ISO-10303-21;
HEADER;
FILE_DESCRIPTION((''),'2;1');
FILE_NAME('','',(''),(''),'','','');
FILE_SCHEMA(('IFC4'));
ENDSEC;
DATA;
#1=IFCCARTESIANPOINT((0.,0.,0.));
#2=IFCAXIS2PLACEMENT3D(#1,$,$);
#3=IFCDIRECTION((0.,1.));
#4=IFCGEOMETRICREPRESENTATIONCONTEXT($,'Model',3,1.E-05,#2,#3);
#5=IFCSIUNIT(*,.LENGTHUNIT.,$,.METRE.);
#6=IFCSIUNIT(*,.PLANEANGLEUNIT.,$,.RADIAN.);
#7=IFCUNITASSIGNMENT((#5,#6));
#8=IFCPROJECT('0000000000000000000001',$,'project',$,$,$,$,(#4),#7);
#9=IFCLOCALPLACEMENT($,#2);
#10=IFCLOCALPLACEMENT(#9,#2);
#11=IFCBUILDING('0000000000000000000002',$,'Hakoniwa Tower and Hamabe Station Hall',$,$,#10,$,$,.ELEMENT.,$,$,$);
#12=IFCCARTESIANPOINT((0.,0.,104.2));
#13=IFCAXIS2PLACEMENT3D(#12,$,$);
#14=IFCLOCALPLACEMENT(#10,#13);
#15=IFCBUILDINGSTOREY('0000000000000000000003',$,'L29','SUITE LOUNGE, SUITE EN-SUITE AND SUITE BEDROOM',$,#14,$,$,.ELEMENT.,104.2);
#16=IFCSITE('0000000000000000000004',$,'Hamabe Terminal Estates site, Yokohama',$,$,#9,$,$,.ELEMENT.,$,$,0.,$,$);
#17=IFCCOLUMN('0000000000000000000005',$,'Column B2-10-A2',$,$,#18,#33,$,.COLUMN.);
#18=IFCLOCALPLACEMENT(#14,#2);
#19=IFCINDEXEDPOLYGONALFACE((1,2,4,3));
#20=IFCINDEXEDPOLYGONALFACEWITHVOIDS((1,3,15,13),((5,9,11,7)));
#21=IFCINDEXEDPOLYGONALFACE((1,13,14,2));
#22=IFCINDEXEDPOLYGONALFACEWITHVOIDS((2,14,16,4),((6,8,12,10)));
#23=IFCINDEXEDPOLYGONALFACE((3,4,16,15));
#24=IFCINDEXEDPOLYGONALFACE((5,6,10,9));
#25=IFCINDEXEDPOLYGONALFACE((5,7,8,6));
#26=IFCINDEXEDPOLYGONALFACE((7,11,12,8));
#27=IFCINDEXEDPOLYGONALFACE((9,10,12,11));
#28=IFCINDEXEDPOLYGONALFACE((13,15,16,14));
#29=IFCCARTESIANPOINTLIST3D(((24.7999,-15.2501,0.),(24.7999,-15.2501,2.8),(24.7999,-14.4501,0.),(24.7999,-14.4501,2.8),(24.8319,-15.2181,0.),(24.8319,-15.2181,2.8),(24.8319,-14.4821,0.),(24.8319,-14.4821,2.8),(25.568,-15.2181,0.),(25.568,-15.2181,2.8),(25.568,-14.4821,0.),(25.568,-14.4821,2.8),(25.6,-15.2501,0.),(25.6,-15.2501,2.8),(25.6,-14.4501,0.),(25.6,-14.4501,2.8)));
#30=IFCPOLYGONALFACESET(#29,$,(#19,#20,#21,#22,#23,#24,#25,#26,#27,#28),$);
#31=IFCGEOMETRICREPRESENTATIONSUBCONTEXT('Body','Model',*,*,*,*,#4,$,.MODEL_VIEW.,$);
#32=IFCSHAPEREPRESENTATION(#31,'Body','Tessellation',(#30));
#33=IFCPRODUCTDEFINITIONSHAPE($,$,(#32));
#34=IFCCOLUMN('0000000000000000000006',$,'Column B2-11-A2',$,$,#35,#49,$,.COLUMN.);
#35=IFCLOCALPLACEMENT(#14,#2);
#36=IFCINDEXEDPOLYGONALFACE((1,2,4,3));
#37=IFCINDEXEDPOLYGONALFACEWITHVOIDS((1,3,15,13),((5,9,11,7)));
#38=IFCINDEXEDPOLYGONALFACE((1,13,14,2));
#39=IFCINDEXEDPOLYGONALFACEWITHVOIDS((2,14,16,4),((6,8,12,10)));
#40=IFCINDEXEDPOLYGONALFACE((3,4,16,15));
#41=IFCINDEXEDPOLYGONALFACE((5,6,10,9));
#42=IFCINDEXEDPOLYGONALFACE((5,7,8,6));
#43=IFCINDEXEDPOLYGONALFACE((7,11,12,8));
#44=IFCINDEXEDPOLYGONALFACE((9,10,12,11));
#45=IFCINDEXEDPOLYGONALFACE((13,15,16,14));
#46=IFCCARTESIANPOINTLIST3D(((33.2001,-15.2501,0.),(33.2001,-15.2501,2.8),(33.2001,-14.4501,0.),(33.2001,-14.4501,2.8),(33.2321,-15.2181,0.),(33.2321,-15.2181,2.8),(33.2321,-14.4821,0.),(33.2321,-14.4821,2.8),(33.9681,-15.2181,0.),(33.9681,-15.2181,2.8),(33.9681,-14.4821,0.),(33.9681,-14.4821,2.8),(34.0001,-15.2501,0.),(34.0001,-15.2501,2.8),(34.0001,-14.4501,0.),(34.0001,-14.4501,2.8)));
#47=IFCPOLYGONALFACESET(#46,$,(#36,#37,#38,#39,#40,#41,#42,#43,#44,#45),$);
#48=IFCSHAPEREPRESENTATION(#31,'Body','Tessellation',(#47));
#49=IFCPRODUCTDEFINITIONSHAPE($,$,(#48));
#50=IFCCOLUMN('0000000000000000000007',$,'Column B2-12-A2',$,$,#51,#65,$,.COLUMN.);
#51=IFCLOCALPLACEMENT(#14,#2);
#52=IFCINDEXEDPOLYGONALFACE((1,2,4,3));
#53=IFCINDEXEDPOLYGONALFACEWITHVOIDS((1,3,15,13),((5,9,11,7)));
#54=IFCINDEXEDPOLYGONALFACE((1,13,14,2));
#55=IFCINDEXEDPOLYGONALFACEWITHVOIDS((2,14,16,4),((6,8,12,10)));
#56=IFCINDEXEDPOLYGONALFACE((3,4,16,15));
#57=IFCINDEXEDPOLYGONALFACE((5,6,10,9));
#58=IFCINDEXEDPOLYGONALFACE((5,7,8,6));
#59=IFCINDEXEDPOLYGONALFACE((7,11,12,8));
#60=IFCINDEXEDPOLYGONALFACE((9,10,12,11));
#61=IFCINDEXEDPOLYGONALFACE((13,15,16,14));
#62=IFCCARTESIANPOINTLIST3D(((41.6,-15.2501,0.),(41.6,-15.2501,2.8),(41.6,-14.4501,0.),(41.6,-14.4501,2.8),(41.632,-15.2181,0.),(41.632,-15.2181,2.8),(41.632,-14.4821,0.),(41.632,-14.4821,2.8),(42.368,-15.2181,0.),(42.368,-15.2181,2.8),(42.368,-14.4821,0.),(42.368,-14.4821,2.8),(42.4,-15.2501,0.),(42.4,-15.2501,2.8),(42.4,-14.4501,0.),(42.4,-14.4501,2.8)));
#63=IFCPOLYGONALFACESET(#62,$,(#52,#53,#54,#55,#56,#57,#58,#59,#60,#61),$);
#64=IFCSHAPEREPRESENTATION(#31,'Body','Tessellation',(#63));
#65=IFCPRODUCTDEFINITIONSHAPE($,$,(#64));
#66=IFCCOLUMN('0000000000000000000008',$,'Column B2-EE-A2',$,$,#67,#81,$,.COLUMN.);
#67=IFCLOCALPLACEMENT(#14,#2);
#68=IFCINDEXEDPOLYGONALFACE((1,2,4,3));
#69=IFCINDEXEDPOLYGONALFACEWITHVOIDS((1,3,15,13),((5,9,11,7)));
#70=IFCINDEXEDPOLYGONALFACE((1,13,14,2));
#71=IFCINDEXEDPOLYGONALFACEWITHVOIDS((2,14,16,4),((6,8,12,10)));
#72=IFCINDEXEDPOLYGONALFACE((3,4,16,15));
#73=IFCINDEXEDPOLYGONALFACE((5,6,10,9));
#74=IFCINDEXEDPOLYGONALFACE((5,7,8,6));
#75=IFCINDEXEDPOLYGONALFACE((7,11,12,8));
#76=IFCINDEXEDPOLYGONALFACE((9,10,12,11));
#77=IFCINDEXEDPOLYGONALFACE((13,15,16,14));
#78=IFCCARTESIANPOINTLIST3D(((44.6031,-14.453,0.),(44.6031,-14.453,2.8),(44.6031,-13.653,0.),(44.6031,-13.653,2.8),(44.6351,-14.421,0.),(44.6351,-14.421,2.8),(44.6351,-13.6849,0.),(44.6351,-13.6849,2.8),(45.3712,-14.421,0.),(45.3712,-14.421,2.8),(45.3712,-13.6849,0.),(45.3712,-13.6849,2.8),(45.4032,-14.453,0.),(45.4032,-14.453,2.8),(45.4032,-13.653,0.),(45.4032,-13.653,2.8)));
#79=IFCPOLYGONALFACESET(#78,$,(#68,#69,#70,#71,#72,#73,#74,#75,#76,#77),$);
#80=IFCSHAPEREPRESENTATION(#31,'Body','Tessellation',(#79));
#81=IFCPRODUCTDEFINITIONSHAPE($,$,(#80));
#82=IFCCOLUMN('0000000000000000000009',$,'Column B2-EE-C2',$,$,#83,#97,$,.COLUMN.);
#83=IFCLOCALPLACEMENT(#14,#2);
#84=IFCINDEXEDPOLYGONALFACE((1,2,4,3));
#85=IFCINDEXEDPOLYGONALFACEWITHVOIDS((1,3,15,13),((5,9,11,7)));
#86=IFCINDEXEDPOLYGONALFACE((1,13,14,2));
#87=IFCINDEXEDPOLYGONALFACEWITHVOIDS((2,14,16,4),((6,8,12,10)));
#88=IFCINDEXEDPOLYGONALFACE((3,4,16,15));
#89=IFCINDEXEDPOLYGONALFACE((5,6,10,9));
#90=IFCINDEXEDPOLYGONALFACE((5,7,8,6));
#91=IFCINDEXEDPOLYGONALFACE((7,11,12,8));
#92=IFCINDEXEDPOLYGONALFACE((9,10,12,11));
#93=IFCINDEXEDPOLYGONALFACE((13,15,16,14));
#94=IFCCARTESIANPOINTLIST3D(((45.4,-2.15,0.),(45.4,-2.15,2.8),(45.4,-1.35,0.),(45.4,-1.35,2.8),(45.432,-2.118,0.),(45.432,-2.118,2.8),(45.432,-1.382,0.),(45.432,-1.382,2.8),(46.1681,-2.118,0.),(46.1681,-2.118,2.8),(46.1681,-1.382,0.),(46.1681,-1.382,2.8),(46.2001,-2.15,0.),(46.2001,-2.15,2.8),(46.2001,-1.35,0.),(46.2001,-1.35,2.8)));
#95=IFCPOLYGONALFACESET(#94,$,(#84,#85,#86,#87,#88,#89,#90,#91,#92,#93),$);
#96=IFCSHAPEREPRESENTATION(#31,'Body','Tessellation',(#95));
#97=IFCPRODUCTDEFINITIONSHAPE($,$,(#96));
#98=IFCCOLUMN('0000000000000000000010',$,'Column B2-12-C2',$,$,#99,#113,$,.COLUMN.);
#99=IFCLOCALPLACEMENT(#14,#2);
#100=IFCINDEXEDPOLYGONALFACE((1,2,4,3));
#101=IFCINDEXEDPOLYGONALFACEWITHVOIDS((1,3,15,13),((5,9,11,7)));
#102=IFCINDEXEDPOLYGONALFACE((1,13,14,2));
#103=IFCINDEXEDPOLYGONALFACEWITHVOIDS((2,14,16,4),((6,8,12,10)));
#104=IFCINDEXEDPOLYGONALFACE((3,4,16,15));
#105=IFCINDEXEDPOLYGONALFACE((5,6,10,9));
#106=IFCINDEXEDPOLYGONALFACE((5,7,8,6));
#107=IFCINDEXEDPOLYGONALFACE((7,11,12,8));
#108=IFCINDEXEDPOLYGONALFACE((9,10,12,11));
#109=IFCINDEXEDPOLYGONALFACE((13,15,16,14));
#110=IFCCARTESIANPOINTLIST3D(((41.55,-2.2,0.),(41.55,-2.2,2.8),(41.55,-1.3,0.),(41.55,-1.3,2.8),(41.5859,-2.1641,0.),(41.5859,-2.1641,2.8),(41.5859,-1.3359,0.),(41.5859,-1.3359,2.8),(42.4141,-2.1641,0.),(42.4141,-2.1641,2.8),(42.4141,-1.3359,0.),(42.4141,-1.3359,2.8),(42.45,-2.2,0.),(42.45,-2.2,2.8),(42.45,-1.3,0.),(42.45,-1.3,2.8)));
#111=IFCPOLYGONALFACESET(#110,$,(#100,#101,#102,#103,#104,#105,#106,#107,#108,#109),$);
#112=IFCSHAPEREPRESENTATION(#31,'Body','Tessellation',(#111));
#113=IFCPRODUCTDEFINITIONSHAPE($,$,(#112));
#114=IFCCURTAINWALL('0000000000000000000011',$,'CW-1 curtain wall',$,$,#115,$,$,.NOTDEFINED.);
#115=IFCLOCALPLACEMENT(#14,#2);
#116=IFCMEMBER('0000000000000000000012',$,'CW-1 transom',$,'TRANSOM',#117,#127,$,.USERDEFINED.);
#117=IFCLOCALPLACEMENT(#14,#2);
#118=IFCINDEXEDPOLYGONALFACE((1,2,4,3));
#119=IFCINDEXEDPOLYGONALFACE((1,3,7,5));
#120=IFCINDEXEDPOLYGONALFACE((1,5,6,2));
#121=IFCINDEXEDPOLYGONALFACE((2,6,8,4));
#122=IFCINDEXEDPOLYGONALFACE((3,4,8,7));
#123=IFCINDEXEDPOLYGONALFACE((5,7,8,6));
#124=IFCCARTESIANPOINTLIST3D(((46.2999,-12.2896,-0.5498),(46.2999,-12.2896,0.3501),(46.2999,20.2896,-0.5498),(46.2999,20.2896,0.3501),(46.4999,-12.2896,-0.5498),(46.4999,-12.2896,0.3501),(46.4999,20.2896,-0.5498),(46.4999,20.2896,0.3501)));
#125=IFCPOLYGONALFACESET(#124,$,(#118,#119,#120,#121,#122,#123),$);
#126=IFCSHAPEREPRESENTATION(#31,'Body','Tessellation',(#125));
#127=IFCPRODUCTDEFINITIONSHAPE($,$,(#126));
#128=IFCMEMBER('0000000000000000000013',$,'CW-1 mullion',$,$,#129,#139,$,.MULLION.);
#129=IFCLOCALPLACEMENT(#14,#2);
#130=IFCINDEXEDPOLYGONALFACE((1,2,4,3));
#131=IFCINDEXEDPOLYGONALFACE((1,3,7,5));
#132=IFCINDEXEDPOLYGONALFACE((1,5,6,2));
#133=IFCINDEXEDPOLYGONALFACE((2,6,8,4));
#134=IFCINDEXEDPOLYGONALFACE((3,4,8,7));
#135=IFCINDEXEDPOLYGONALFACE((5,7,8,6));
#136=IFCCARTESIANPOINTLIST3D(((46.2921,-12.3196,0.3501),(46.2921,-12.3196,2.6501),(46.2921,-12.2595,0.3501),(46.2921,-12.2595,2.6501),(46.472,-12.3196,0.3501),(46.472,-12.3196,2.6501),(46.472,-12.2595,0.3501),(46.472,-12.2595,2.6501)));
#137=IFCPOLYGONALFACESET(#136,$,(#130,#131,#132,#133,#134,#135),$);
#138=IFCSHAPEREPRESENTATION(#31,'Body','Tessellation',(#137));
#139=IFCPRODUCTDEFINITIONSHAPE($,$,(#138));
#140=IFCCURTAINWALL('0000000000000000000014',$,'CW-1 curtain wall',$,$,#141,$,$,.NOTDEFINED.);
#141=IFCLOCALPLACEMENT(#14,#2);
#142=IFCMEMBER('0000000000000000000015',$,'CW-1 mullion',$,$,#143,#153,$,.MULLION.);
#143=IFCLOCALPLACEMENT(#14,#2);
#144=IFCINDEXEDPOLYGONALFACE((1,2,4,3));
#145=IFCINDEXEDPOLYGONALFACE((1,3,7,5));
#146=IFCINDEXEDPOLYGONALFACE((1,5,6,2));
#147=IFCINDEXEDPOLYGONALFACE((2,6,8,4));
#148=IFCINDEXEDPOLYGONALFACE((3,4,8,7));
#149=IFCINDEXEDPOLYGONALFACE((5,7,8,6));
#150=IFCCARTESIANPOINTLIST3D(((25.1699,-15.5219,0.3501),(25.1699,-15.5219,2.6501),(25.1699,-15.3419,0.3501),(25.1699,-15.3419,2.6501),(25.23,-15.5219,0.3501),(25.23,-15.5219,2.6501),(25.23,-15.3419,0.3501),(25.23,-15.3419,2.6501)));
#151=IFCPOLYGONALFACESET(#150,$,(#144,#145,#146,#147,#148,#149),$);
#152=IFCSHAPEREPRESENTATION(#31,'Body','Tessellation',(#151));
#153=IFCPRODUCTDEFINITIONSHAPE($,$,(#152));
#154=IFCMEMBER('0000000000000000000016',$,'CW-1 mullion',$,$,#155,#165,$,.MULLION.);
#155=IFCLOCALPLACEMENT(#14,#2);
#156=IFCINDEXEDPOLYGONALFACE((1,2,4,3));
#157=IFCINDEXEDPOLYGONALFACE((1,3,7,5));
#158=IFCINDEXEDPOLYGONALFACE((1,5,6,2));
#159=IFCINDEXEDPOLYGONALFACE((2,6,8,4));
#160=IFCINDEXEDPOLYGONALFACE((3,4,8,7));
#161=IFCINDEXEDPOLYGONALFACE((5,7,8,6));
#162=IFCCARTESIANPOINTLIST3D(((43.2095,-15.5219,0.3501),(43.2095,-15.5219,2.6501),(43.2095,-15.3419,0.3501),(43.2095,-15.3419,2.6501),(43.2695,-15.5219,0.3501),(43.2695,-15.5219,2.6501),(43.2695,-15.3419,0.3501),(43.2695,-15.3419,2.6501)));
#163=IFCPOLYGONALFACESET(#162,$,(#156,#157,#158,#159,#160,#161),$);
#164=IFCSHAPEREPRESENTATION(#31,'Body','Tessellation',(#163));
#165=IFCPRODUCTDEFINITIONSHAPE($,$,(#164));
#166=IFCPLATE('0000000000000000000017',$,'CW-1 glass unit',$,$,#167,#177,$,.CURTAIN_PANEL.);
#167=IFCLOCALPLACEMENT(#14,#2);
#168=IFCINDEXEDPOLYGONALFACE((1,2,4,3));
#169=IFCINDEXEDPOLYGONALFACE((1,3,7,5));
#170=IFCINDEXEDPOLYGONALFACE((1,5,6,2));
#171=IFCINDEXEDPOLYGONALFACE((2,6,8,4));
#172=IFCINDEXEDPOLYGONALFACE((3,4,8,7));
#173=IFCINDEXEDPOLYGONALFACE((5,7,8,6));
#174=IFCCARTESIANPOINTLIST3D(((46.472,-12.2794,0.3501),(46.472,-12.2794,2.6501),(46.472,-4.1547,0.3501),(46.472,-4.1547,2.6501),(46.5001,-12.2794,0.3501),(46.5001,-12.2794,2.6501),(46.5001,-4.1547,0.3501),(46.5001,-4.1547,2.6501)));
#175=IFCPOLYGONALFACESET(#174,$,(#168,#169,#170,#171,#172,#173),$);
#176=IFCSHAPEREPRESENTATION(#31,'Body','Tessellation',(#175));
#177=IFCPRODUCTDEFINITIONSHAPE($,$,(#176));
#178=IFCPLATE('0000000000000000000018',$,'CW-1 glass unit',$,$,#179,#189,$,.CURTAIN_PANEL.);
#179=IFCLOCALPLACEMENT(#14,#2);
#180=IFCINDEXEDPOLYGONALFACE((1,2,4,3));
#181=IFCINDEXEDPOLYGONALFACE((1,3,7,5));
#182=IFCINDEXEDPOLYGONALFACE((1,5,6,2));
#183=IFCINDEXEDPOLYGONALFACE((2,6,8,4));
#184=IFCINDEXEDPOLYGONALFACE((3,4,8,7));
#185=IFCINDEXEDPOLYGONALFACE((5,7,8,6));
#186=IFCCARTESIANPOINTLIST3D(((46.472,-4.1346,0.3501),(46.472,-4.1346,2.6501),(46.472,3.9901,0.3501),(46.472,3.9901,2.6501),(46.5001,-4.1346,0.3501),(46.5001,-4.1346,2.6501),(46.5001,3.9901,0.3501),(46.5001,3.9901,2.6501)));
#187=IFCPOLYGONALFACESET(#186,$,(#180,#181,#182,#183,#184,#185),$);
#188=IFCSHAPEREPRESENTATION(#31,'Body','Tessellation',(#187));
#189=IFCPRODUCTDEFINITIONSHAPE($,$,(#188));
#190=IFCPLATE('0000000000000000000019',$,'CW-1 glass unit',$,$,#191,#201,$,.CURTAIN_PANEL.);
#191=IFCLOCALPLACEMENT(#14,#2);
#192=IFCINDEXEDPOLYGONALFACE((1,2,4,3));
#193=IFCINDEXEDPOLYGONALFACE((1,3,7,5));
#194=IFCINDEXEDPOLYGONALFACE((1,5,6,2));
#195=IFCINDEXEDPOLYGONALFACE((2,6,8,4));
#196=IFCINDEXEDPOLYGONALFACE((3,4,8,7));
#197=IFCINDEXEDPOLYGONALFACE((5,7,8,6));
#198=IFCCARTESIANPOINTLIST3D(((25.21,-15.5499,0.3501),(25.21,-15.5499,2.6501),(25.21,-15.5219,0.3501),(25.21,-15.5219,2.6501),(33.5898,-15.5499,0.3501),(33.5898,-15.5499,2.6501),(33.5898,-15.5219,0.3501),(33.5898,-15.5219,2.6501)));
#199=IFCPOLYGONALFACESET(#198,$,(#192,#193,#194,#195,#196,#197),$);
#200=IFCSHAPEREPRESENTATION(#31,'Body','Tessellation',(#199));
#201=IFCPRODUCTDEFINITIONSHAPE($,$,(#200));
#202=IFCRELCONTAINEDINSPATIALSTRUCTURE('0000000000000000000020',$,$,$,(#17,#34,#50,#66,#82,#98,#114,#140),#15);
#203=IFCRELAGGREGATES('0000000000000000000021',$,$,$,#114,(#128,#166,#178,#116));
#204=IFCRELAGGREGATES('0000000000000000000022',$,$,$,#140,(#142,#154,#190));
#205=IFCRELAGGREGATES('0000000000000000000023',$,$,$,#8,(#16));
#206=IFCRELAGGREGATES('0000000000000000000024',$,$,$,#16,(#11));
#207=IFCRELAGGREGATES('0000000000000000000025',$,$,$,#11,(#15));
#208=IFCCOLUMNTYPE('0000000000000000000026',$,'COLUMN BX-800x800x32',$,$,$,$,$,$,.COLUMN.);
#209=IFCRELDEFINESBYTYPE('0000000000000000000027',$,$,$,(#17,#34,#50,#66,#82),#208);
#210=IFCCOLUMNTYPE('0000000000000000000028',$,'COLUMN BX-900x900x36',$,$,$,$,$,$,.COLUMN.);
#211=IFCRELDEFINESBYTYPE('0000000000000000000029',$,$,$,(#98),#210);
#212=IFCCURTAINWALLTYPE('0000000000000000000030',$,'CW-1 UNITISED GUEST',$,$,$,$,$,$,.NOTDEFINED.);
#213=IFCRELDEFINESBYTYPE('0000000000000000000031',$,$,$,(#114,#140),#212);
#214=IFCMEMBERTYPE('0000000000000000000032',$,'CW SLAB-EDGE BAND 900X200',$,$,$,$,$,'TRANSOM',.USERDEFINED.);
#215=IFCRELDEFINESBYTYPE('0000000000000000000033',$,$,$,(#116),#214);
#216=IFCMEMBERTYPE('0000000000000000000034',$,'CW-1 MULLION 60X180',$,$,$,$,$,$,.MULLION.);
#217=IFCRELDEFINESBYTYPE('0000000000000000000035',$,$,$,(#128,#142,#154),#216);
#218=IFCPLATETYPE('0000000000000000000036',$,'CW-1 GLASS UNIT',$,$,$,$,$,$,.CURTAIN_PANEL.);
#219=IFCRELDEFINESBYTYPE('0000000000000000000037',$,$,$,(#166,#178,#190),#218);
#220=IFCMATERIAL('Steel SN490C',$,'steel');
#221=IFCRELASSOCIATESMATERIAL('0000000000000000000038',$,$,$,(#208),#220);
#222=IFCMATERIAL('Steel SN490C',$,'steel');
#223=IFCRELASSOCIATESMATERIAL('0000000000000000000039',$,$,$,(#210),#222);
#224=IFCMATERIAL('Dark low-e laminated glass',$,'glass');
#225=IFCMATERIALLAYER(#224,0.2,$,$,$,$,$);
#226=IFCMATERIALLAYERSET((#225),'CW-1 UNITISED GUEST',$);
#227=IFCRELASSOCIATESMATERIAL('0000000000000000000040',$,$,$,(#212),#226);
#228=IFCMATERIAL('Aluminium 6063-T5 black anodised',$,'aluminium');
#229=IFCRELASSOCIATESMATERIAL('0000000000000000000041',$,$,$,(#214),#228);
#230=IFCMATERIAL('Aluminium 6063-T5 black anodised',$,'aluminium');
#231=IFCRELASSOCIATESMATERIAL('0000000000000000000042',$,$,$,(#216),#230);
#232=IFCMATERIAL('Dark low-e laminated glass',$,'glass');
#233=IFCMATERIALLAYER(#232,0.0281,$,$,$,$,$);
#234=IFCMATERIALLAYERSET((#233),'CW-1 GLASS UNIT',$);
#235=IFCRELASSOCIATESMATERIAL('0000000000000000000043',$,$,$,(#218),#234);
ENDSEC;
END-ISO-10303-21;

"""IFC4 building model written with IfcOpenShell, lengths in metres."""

from ifc_helpers import new_model, si_unit, direction, frame, origin, origin_2d, place, context, subcontext, project, spatial, rectangle, hollow_rectangle, extrude, material, layer, layer_set, material_profile, profile_set, type_object, element, aggregate, save


model = new_model("IFC4")

# Units and contexts
model_context = context("Model", 3, precision=1e-05, world=origin(), true_north=direction((0.0, 1.0)))
body_context = subcontext(model_context, "Body", "Model", "MODEL_VIEW")
ifc_project = project(units=[si_unit("LENGTHUNIT", "METRE"), si_unit("PLANEANGLEUNIT", "RADIAN")], contexts=[model_context])

# Site, building, storey
site_placement = place(None, origin())
site = spatial("IfcSite", under=ifc_project, at=site_placement, Name="Hamabe Terminal Estates site, Yokohama", CompositionType="ELEMENT", RefElevation=0.0)
building_placement = place(site_placement, origin())
building = spatial("IfcBuilding", under=site, at=building_placement, Name="Hakoniwa Tower and Hamabe Station Hall", CompositionType="ELEMENT")
storey_placement = place(building_placement, frame((0.0, 0.0, 104.2)))
storey = spatial("IfcBuildingStorey", under=building, at=storey_placement, Name="L29", Description="SUITE LOUNGE, SUITE EN-SUITE AND SUITE BEDROOM", CompositionType="ELEMENT", Elevation=104.2)

# Columns
ifc_material_1 = material(Name="Steel SN490C", Category="steel")
ifc_material_profile_1 = material_profile(ifc_material_1, hollow_rectangle(XDim=0.8, YDim=0.8, WallThickness=0.032, at=origin_2d()), Name="BX-800x800x32")
ifc_profile_set_1 = profile_set([ifc_material_profile_1], Name="Steel SN490C")
column_type_1 = type_object("IfcColumnType", Name="COLUMN BX-800x800x32", PredefinedType="COLUMN", material=ifc_profile_set_1)
for number, where, z_axis, x_axis, name in (
    (1, (25.2, -14.8501, 0.0), (0.0, 0.0, 1.0), (1.0, 0.0, 0.0), "Column B2-10-A2"),
    (2, (33.6001, -14.8501, 0.0), (0.0, 0.0, 1.0), (1.0, 0.0, 0.0), "Column B2-11-A2"),
    (3, (42.0, -14.8501, 0.0), (0.0, 0.0, 1.0), (1.0, 0.0, 0.0), "Column B2-12-A2"),
    (4, (45.0032, -14.053, 0.0), (0.0, 0.0, 1.0), (1.0, 0.0, 0.0), "Column B2-EE-A2"),
    (5, (45.8, -1.75, 0.0), (0.0, 0.0, 1.0), (1.0, 0.0, 0.0), "Column B2-EE-C2"),
):
    element("IfcColumn", number, at=place(storey_placement, frame(where, z_axis=z_axis, x_axis=x_axis)), inside=storey, type_object=column_type_1, Name=name, PredefinedType="COLUMN", context=body_context, shape_type="SweptSolid", body=[
        extrude(hollow_rectangle(XDim=0.8, YDim=0.8, WallThickness=0.032, at=origin_2d()), origin(), (0.0, 0.0, 1.0), 2.8),
    ])
ifc_material_2 = material(Name="Steel SN490C", Category="steel")
ifc_material_profile_2 = material_profile(ifc_material_2, hollow_rectangle(XDim=0.8999, YDim=0.8999, WallThickness=0.0359, at=origin_2d()), Name="BX-900x900x36")
ifc_profile_set_2 = profile_set([ifc_material_profile_2], Name="Steel SN490C")
column_type_2 = type_object("IfcColumnType", Name="COLUMN BX-900x900x36", PredefinedType="COLUMN", material=ifc_profile_set_2)
column_placement = place(storey_placement, frame((42.0, -1.75, 0.0), z_axis=(0.0, 0.0, 1.0), x_axis=(1.0, 0.0, 0.0)))
element("IfcColumn", 6, at=column_placement, inside=storey, type_object=column_type_2, Name="Column B2-12-C2", PredefinedType="COLUMN", context=body_context, shape_type="SweptSolid", body=[
    extrude(hollow_rectangle(XDim=0.8999, YDim=0.8999, WallThickness=0.0359, at=origin_2d()), origin(), (0.0, 0.0, 1.0), 2.8),
])

# Curtain walls, members
ifc_material_3 = material(Name="Dark low-e laminated glass", Category="glass")
ifc_layer_1 = layer(ifc_material_3, 0.2)
ifc_layer_set_1 = layer_set([ifc_layer_1], Name="CW-1 UNITISED GUEST")
curtain_wall_type = type_object("IfcCurtainWallType", Name="CW-1 UNITISED GUEST", PredefinedType="NOTDEFINED", material=ifc_layer_set_1)
curtain_wall_1_placement = place(storey_placement, origin())
curtain_wall_1 = element("IfcCurtainWall", 7, at=curtain_wall_1_placement, inside=storey, type_object=curtain_wall_type, Name="CW-1 curtain wall", PredefinedType="NOTDEFINED")
ifc_material_4 = material(Name="Aluminium 6063-T5 black anodised", Category="aluminium")
ifc_material_profile_3 = material_profile(ifc_material_4, rectangle(XDim=0.2, YDim=0.8999, at=origin_2d()), Name="CW SLAB-EDGE BAND 900X200")
ifc_profile_set_3 = profile_set([ifc_material_profile_3], Name="Aluminium 6063-T5 black anodised")
member_type_1 = type_object("IfcMemberType", Name="CW SLAB-EDGE BAND 900X200", ElementType="TRANSOM", PredefinedType="USERDEFINED", material=ifc_profile_set_3)
member_1_placement = place(storey_placement, frame((46.3999, -12.2896, -0.0999), z_axis=(0.0, 1.0, 0.0), x_axis=(-1.0, 0.0, 0.0)))
member_1 = element("IfcMember", 8, at=member_1_placement, type_object=member_type_1, Name="CW-1 transom", ObjectType="TRANSOM", PredefinedType="USERDEFINED", context=body_context, shape_type="SweptSolid", body=[
    extrude(rectangle(XDim=0.2, YDim=0.8999, at=origin_2d()), origin(), (0.0, 0.0, 1.0), 32.5791),
])
ifc_material_5 = material(Name="Aluminium 6063-T5 black anodised", Category="aluminium")
ifc_material_profile_4 = material_profile(ifc_material_5, rectangle(XDim=0.0601, YDim=0.1799, at=origin_2d()), Name="CW-1 MULLION 60X180")
ifc_profile_set_4 = profile_set([ifc_material_profile_4], Name="Aluminium 6063-T5 black anodised")
member_type_2 = type_object("IfcMemberType", Name="CW-1 MULLION 60X180", PredefinedType="MULLION", material=ifc_profile_set_4)
member_2_placement = place(storey_placement, frame((46.3821, -12.2896, 0.3501), z_axis=(0.0, 0.0, 1.0), x_axis=(0.0, 1.0, 0.0)))
member_2 = element("IfcMember", 9, at=member_2_placement, type_object=member_type_2, Name="CW-1 mullion", PredefinedType="MULLION", context=body_context, shape_type="SweptSolid", body=[
    extrude(rectangle(XDim=0.0601, YDim=0.1799, at=origin_2d()), origin(), (0.0, 0.0, 1.0), 2.3),
])
curtain_wall_2_placement = place(storey_placement, origin())
curtain_wall_2 = element("IfcCurtainWall", 10, at=curtain_wall_2_placement, inside=storey, type_object=curtain_wall_type, Name="CW-1 curtain wall", PredefinedType="NOTDEFINED")
member_3_placement = place(storey_placement, frame((25.2, -15.4319, 0.3501), z_axis=(0.0, 0.0, 1.0), x_axis=(1.0, 0.0, 0.0)))
member_3 = element("IfcMember", 11, at=member_3_placement, type_object=member_type_2, Name="CW-1 mullion", PredefinedType="MULLION", context=body_context, shape_type="SweptSolid", body=[
    extrude(rectangle(XDim=0.0601, YDim=0.1799, at=origin_2d()), origin(), (0.0, 0.0, 1.0), 2.3),
])
member_4_placement = place(storey_placement, frame((43.2395, -15.4319, 0.3501), z_axis=(0.0, 0.0, 1.0), x_axis=(1.0, 0.0, 0.0)))
member_4 = element("IfcMember", 12, at=member_4_placement, type_object=member_type_2, Name="CW-1 mullion", PredefinedType="MULLION", context=body_context, shape_type="SweptSolid", body=[
    extrude(rectangle(XDim=0.0601, YDim=0.1799, at=origin_2d()), origin(), (0.0, 0.0, 1.0), 2.3),
])

# Plates
ifc_material_6 = material(Name="Dark low-e laminated glass", Category="glass")
ifc_layer_2 = layer(ifc_material_6, 0.0281)
ifc_layer_set_2 = layer_set([ifc_layer_2], Name="CW-1 GLASS UNIT")
plate_type = type_object("IfcPlateType", Name="CW-1 GLASS UNIT", PredefinedType="CURTAIN_PANEL", material=ifc_layer_set_2)
plate_1_placement = place(storey_placement, frame((46.4861, -8.217, 0.3501), z_axis=(0.0, 0.0, 1.0), x_axis=(0.0, 1.0, 0.0)))
plate_1 = element("IfcPlate", 13, at=plate_1_placement, type_object=plate_type, Name="CW-1 glass unit", PredefinedType="CURTAIN_PANEL", context=body_context, shape_type="SweptSolid", body=[
    extrude(rectangle(XDim=8.1248, YDim=0.0281, at=origin_2d()), origin(), (0.0, 0.0, 1.0), 2.3),
])
plate_2_placement = place(storey_placement, frame((46.4861, -0.0723, 0.3501), z_axis=(0.0, 0.0, 1.0), x_axis=(0.0, 1.0, 0.0)))
plate_2 = element("IfcPlate", 14, at=plate_2_placement, type_object=plate_type, Name="CW-1 glass unit", PredefinedType="CURTAIN_PANEL", context=body_context, shape_type="SweptSolid", body=[
    extrude(rectangle(XDim=8.1248, YDim=0.0281, at=origin_2d()), origin(), (0.0, 0.0, 1.0), 2.3),
])
aggregate(curtain_wall_1, [member_2, plate_1, plate_2, member_1])
plate_3_placement = place(storey_placement, frame((29.3999, -15.5359, 0.3501), z_axis=(0.0, 0.0, 1.0), x_axis=(1.0, 0.0, 0.0)))
plate_3 = element("IfcPlate", 15, at=plate_3_placement, type_object=plate_type, Name="CW-1 glass unit", PredefinedType="CURTAIN_PANEL", context=body_context, shape_type="SweptSolid", body=[
    extrude(rectangle(XDim=8.3799, YDim=0.0281, at=origin_2d()), origin(), (0.0, 0.0, 1.0), 2.3),
])
aggregate(curtain_wall_2, [member_3, member_4, plate_3])

save(model, "model.ifc")
